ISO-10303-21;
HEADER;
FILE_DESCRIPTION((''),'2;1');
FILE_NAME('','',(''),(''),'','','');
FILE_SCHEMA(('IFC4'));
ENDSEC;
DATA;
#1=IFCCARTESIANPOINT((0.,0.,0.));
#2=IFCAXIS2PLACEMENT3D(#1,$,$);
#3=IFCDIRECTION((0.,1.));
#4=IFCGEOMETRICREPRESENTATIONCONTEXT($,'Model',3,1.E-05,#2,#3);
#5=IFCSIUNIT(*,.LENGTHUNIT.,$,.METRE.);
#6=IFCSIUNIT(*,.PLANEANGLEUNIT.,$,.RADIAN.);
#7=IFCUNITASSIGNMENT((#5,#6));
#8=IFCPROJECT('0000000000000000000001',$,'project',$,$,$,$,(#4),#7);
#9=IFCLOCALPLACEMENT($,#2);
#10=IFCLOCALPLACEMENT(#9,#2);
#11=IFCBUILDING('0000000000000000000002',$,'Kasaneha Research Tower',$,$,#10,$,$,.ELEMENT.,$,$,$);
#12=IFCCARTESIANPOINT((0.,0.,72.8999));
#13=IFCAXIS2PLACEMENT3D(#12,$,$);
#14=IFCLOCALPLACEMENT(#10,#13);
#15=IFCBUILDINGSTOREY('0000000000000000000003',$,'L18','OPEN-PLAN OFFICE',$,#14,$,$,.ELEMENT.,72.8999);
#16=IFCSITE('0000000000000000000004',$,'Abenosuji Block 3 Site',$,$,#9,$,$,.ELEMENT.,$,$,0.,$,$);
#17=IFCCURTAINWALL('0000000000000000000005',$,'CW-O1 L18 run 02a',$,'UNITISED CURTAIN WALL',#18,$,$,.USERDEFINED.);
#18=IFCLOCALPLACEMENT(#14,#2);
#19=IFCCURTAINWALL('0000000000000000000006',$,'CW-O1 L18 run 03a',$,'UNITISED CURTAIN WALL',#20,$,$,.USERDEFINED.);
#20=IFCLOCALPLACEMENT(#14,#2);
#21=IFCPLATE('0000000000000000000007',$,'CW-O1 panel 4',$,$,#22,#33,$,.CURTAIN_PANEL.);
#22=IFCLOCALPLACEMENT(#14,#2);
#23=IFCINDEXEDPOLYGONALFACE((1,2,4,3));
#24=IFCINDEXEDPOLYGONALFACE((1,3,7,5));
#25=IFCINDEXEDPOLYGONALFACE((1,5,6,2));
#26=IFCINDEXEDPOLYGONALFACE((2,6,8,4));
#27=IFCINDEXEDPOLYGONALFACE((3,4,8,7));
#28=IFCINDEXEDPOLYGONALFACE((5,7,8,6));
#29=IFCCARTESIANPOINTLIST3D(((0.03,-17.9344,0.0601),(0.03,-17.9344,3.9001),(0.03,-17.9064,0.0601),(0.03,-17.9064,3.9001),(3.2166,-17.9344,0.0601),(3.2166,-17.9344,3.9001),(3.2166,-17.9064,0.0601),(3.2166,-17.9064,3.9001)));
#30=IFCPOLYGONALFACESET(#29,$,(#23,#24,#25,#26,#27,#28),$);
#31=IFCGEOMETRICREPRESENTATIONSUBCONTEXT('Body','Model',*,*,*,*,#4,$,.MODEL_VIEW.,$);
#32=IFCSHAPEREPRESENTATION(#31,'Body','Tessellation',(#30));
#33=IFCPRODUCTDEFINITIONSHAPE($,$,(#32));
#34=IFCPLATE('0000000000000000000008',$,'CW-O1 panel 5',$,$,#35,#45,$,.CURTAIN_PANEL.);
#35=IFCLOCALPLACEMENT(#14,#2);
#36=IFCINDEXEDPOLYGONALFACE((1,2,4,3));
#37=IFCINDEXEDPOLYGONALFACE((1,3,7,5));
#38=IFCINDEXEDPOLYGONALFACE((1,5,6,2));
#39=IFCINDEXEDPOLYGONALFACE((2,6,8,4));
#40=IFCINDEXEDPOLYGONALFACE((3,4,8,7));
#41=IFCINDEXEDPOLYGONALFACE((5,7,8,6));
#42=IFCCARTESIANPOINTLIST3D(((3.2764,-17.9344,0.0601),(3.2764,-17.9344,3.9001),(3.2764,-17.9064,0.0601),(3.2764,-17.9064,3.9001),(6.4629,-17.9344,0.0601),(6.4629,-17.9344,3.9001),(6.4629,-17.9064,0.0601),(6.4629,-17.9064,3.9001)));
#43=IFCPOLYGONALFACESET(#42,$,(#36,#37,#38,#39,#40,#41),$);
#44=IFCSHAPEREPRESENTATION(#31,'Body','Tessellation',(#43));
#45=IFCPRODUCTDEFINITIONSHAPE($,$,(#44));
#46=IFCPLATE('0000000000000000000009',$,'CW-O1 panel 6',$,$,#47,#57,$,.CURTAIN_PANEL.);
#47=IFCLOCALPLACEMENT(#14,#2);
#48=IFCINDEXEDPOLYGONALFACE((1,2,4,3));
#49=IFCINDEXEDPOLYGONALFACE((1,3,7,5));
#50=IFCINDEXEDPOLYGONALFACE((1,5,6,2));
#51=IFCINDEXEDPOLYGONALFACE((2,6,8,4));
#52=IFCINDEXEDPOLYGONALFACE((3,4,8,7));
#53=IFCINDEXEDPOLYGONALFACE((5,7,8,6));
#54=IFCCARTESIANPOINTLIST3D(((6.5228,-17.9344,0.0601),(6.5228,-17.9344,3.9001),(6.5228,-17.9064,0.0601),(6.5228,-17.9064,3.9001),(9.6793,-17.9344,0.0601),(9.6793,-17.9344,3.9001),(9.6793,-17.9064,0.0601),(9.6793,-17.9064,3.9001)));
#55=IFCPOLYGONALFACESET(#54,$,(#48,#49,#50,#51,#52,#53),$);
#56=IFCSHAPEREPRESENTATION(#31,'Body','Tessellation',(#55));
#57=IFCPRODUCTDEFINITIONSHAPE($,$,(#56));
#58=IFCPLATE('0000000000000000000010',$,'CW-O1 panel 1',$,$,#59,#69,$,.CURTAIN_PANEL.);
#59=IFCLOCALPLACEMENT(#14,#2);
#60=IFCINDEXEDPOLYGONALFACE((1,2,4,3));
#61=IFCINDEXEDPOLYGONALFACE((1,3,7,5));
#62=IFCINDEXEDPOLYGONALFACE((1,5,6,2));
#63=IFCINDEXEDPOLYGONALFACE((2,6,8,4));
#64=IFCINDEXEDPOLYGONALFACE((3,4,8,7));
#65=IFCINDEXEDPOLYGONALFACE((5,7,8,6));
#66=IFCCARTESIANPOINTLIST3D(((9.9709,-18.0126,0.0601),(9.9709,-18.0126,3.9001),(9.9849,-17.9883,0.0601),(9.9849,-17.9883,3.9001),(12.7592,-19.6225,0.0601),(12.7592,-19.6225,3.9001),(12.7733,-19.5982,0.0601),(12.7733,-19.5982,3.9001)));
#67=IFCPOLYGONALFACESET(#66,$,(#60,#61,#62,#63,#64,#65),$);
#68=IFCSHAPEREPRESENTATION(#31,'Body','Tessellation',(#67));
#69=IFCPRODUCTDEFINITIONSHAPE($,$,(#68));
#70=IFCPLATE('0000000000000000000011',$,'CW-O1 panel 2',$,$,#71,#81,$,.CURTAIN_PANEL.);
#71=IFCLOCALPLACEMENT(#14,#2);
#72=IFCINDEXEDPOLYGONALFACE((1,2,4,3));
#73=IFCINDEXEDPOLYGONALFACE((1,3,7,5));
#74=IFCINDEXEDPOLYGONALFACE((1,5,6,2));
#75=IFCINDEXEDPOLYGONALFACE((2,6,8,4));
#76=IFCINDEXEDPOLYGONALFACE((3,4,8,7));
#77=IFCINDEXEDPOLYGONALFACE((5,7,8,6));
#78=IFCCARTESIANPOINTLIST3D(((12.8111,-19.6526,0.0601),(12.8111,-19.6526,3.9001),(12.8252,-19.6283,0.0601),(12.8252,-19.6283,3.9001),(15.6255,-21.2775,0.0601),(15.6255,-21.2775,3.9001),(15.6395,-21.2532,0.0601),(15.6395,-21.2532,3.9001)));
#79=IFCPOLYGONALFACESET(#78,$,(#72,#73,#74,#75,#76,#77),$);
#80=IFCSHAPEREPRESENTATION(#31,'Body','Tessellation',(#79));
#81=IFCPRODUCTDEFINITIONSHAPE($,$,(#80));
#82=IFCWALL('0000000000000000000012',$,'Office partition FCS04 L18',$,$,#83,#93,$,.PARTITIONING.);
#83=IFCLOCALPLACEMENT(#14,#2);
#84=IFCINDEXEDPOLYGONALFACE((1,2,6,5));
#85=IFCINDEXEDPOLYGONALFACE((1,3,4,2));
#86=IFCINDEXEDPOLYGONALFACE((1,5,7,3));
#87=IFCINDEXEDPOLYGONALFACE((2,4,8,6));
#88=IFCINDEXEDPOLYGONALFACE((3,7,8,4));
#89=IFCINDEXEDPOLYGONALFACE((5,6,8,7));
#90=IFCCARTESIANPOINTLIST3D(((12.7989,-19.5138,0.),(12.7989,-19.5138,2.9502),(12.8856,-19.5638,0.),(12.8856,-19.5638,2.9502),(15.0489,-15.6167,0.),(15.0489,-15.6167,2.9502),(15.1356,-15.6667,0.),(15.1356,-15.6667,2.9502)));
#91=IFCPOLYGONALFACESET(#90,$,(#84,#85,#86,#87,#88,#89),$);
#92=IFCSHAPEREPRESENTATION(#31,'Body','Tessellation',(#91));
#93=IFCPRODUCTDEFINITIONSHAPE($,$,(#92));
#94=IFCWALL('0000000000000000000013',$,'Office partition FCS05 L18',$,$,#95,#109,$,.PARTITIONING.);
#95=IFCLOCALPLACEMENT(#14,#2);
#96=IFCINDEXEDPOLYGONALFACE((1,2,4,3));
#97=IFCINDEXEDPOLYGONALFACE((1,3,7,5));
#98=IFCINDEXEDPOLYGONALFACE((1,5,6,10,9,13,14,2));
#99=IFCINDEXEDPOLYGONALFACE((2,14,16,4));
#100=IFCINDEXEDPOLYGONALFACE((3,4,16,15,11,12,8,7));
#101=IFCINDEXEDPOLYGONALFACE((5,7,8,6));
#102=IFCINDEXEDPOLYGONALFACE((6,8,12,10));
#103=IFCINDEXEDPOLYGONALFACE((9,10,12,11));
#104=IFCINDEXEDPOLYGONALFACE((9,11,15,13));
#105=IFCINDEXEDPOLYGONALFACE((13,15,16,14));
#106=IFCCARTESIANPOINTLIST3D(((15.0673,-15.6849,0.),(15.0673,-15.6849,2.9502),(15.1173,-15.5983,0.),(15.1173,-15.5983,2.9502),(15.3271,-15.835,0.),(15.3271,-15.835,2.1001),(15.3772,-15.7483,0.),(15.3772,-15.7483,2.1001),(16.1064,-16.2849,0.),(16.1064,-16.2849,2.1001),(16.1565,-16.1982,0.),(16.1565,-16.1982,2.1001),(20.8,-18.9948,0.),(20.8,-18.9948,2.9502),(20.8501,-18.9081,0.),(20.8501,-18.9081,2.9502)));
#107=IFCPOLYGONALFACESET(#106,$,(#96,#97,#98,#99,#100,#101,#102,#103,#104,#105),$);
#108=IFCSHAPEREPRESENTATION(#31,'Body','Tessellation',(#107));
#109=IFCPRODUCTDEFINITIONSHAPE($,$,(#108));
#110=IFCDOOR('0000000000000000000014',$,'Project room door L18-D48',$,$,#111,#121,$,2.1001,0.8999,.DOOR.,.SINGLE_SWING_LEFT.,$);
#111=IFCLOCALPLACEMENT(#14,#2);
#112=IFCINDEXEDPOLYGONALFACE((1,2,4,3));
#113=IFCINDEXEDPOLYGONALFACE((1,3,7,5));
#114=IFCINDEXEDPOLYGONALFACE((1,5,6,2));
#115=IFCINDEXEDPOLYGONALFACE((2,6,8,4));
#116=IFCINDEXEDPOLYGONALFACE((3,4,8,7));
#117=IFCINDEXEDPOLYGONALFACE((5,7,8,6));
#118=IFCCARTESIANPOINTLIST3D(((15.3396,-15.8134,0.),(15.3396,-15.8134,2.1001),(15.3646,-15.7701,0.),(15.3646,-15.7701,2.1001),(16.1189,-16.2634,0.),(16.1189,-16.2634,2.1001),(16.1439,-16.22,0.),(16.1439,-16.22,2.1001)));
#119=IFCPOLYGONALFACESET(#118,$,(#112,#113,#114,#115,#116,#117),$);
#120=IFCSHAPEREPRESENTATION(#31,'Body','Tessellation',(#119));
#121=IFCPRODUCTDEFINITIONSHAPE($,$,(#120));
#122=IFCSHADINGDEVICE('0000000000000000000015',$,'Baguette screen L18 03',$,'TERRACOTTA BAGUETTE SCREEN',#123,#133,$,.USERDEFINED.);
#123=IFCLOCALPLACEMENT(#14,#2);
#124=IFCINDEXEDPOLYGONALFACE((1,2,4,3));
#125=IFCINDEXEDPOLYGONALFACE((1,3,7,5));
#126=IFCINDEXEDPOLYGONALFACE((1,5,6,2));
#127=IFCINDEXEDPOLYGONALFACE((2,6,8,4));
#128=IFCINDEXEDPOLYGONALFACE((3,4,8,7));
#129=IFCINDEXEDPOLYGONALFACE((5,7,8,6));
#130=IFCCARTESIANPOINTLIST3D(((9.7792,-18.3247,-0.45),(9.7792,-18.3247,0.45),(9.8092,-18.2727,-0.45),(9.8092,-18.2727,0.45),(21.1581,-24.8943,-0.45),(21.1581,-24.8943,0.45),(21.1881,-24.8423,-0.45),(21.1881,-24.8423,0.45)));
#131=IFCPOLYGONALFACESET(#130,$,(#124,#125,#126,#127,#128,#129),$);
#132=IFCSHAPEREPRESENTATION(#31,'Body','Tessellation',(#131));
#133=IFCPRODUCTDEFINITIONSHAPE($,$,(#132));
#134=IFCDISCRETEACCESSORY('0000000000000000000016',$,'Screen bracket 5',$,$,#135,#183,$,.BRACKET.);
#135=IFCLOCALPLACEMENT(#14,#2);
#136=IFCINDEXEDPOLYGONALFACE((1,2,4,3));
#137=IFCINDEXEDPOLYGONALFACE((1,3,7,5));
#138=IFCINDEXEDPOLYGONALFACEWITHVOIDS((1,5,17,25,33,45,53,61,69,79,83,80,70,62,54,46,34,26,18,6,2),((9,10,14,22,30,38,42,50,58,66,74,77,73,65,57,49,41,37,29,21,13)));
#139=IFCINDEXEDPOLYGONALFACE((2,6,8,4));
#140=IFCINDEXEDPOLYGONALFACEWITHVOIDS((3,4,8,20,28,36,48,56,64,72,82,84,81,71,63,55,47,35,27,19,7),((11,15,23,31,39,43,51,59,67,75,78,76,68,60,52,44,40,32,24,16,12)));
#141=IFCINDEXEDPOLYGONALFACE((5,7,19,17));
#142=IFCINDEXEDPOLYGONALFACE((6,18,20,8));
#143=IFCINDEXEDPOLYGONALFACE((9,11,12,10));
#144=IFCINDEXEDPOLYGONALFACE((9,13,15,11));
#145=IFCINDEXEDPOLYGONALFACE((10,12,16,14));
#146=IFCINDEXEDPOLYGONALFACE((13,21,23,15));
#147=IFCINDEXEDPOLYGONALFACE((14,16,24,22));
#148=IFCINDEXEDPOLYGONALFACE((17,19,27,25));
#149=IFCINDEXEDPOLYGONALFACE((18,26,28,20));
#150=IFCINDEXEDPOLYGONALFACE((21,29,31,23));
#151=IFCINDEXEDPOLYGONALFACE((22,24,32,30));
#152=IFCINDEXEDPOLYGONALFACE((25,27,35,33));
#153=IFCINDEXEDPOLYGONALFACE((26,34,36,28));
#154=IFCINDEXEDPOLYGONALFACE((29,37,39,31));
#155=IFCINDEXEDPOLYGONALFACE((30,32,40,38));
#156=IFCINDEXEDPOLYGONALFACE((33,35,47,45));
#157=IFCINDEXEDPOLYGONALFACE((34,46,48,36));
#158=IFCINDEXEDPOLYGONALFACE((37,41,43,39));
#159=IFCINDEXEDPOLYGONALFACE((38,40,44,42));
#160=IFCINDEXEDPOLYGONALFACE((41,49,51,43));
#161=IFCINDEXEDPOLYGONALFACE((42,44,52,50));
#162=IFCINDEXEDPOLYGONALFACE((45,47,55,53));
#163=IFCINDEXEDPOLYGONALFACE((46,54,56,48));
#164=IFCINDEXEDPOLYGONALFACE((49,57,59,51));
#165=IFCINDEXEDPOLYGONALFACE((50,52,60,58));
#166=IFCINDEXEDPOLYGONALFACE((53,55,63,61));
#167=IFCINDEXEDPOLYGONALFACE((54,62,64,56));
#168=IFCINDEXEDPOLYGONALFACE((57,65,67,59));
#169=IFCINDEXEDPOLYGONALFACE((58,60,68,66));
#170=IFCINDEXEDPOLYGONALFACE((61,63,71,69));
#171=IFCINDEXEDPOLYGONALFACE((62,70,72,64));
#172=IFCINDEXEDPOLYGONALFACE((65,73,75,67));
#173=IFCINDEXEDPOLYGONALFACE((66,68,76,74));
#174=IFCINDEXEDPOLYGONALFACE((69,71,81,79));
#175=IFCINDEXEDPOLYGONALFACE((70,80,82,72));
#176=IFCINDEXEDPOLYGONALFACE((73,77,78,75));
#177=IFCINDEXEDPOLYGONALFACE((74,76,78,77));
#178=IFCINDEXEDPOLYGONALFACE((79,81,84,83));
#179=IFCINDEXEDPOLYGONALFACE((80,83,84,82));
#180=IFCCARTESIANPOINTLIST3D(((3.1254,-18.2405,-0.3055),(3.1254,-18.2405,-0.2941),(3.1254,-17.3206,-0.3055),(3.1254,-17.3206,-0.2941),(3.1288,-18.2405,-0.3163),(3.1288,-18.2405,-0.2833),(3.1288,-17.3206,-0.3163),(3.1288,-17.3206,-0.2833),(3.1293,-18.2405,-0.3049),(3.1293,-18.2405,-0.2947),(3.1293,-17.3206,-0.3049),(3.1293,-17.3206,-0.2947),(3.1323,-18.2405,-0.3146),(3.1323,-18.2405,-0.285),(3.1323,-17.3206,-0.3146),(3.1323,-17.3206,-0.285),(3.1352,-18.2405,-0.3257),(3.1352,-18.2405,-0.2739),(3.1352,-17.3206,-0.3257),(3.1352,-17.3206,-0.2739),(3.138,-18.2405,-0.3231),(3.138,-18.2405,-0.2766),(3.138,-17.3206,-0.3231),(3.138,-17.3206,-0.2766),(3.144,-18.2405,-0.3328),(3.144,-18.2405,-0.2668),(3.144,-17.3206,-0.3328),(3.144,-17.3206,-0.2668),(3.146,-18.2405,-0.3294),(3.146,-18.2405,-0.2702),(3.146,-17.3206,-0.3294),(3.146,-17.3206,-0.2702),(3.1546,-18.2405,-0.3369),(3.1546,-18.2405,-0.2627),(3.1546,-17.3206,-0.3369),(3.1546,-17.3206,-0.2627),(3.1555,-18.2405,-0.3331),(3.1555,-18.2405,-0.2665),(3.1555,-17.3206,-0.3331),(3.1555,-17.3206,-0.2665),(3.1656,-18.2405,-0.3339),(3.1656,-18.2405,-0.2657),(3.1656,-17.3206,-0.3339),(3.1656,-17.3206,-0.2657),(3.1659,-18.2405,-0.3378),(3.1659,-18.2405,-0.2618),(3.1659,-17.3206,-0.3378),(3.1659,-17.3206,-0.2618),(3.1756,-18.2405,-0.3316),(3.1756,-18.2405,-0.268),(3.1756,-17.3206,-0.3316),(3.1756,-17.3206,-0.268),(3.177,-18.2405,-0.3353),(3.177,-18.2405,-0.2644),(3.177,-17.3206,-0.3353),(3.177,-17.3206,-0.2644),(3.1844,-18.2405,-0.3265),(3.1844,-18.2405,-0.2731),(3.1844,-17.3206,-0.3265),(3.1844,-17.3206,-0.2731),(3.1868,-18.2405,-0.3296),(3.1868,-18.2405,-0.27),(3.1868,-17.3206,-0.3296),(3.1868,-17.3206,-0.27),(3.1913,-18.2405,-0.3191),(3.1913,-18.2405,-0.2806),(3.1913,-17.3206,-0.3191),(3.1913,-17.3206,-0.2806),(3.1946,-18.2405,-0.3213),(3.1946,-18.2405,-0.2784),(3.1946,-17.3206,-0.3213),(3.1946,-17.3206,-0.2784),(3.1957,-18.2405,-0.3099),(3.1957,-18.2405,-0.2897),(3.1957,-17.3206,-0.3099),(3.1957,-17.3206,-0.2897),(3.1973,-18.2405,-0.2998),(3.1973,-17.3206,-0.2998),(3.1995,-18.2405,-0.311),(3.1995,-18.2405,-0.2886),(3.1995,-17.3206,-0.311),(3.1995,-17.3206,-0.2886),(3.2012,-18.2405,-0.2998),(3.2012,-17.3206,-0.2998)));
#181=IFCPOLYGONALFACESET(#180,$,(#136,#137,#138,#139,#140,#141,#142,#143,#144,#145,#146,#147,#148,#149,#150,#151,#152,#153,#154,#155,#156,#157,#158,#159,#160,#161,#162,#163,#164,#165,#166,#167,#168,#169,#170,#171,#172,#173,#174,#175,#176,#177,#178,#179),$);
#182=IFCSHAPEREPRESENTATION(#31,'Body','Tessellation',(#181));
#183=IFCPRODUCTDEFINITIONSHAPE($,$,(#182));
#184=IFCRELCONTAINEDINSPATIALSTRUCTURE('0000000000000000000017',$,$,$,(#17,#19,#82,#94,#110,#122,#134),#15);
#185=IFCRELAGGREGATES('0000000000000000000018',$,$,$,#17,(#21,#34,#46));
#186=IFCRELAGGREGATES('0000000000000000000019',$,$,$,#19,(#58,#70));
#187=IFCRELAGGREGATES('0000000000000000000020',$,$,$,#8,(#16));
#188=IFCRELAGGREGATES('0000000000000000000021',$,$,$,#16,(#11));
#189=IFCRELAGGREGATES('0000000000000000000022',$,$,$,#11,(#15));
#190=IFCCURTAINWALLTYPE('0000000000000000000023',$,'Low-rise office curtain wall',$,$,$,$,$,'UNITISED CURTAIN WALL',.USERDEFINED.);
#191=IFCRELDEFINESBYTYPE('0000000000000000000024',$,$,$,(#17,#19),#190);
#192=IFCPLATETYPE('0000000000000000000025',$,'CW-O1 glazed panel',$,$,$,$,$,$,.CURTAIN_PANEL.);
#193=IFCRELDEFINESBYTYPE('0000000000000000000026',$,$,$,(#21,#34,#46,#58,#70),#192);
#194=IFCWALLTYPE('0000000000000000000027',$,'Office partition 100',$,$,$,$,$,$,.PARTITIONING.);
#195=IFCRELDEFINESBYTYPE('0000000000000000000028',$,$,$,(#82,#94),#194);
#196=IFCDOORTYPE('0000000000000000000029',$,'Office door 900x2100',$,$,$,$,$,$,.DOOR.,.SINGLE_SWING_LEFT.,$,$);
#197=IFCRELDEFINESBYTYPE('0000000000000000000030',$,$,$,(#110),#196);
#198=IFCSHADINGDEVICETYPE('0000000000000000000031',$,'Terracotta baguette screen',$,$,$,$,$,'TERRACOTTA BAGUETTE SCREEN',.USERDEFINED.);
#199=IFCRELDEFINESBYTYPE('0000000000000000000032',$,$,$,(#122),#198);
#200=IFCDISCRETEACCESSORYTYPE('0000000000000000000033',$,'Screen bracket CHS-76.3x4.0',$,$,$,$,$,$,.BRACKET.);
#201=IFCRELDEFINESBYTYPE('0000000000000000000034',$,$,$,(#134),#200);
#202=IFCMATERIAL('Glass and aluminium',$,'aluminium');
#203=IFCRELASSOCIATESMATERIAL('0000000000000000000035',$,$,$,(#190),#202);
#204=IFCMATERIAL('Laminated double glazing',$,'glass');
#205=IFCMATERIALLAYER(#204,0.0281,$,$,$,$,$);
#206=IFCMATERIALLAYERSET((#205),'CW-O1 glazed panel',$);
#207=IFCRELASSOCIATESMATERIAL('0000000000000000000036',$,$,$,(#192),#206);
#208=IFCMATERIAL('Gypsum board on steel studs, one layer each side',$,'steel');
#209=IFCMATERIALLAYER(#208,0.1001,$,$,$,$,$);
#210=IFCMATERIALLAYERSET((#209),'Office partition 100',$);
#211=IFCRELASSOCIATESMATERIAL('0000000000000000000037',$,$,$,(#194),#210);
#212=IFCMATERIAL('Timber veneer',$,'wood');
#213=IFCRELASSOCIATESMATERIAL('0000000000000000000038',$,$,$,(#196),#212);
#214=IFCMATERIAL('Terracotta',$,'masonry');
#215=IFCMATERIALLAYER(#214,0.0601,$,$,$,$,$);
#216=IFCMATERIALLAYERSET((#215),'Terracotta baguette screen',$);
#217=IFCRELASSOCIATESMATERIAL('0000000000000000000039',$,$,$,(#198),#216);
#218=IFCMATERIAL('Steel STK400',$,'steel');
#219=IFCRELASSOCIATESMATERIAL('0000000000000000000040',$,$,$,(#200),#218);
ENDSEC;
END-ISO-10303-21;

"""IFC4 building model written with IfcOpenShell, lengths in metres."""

from ifc_helpers import new_model, si_unit, direction, frame, frame_2d, origin, origin_2d, place, context, subcontext, project, spatial, rectangle, hollow_circle, extrude, material, layer, layer_set, material_profile, profile_set, type_object, element, fill, aggregate, save


model = new_model("IFC4")

# Units and contexts
model_context = context("Model", 3, precision=1e-05, world=origin(), true_north=direction((0.0, 1.0)))
body_context = subcontext(model_context, "Body", "Model", "MODEL_VIEW")
ifc_project = project(units=[si_unit("LENGTHUNIT", "METRE"), si_unit("PLANEANGLEUNIT", "RADIAN")], contexts=[model_context])

# Site, building, storey
site_placement = place(None, origin())
site = spatial("IfcSite", under=ifc_project, at=site_placement, Name="Abenosuji Block 3 Site", CompositionType="ELEMENT", RefElevation=0.0)
building_placement = place(site_placement, origin())
building = spatial("IfcBuilding", under=site, at=building_placement, Name="Kasaneha Research Tower", CompositionType="ELEMENT")
storey_placement = place(building_placement, frame((0.0, 0.0, 72.8999)))
storey = spatial("IfcBuildingStorey", under=building, at=storey_placement, Name="L18", Description="OPEN-PLAN OFFICE", CompositionType="ELEMENT", Elevation=72.8999)

# Curtain walls
ifc_material_1 = material(Name="Glass and aluminium", Category="aluminium")
curtain_wall_type = type_object("IfcCurtainWallType", Name="Low-rise office curtain wall", ElementType="UNITISED CURTAIN WALL", PredefinedType="USERDEFINED", material=ifc_material_1)
curtain_wall_1_placement = place(storey_placement, origin())
curtain_wall_1 = element("IfcCurtainWall", 1, at=curtain_wall_1_placement, inside=storey, type_object=curtain_wall_type, Name="CW-O1 L18 run 02a", ObjectType="UNITISED CURTAIN WALL", PredefinedType="USERDEFINED")
curtain_wall_2_placement = place(storey_placement, origin())
curtain_wall_2 = element("IfcCurtainWall", 2, at=curtain_wall_2_placement, inside=storey, type_object=curtain_wall_type, Name="CW-O1 L18 run 03a", ObjectType="UNITISED CURTAIN WALL", PredefinedType="USERDEFINED")

# Plates
ifc_material_2 = material(Name="Laminated double glazing", Category="glass")
ifc_layer_1 = layer(ifc_material_2, 0.0281)
ifc_layer_set_1 = layer_set([ifc_layer_1], Name="CW-O1 glazed panel")
plate_type = type_object("IfcPlateType", Name="CW-O1 glazed panel", PredefinedType="CURTAIN_PANEL", material=ifc_layer_set_1)
plate_1_placement = place(storey_placement, frame((1.6233, -17.9204, 0.0601), z_axis=(0.0, 0.0, 1.0), x_axis=(1.0, 0.0, 0.0)))
plate_1 = element("IfcPlate", 3, at=plate_1_placement, type_object=plate_type, Name="CW-O1 panel 4", PredefinedType="CURTAIN_PANEL", context=body_context, shape_type="SweptSolid", body=[
    extrude(rectangle(XDim=3.1865, YDim=0.0281, at=origin_2d()), origin(), (0.0, 0.0, 1.0), 3.8401),
])
plate_2_placement = place(storey_placement, frame((4.8696, -17.9204, 0.0601), z_axis=(0.0, 0.0, 1.0), x_axis=(1.0, 0.0, 0.0)))
plate_2 = element("IfcPlate", 4, at=plate_2_placement, type_object=plate_type, Name="CW-O1 panel 5", PredefinedType="CURTAIN_PANEL", context=body_context, shape_type="SweptSolid", body=[
    extrude(rectangle(XDim=3.1865, YDim=0.0281, at=origin_2d()), origin(), (0.0, 0.0, 1.0), 3.8401),
])
plate_3_placement = place(storey_placement, frame((8.1011, -17.9204, 0.0601), z_axis=(0.0, 0.0, 1.0), x_axis=(1.0, 0.0, 0.0)))
plate_3 = element("IfcPlate", 5, at=plate_3_placement, type_object=plate_type, Name="CW-O1 panel 6", PredefinedType="CURTAIN_PANEL", context=body_context, shape_type="SweptSolid", body=[
    extrude(rectangle(XDim=3.1565, YDim=0.0281, at=origin_2d()), origin(), (0.0, 0.0, 1.0), 3.8401),
])
aggregate(curtain_wall_1, [plate_1, plate_2, plate_3])
plate_4_placement = place(storey_placement, frame((11.3721, -18.8054, 0.0601), z_axis=(0.0, 0.0, 1.0), x_axis=(0.866025, -0.5, 0.0)))
plate_4 = element("IfcPlate", 6, at=plate_4_placement, type_object=plate_type, Name="CW-O1 panel 1", PredefinedType="CURTAIN_PANEL", context=body_context, shape_type="SweptSolid", body=[
    extrude(rectangle(XDim=3.2197, YDim=0.0281, at=origin_2d()), origin(), (0.0, 0.0, 1.0), 3.8401),
])
plate_5_placement = place(storey_placement, frame((14.2253, -20.4529, 0.0601), z_axis=(0.0, 0.0, 1.0), x_axis=(0.866025, -0.5, 0.0)))
plate_5 = element("IfcPlate", 7, at=plate_5_placement, type_object=plate_type, Name="CW-O1 panel 2", PredefinedType="CURTAIN_PANEL", context=body_context, shape_type="SweptSolid", body=[
    extrude(rectangle(XDim=3.2498, YDim=0.0281, at=origin_2d()), origin(), (0.0, 0.0, 1.0), 3.8401),
])
aggregate(curtain_wall_2, [plate_4, plate_5])

# Wall
ifc_material_3 = material(Name="Gypsum board on steel studs, one layer each side", Category="steel")
ifc_layer_2 = layer(ifc_material_3, 0.1001)
ifc_layer_set_2 = layer_set([ifc_layer_2], Name="Office partition 100")
wall_type = type_object("IfcWallType", Name="Office partition 100", PredefinedType="PARTITIONING", material=ifc_layer_set_2)
wall_1_placement = place(storey_placement, frame((12.8423, -19.5388, 0.0), z_axis=(0.0, 0.0, 1.0), x_axis=(0.49999, 0.866031, 0.0)))
element("IfcWall", 8, at=wall_1_placement, inside=storey, type_object=wall_type, Name="Office partition FCS04 L18", PredefinedType="PARTITIONING", context=body_context, shape_type="SweptSolid", body=[
    extrude(rectangle(XDim=4.5, YDim=0.1001, at=frame_2d((2.25, 0.0))), origin(), (0.0, 0.0, 1.0), 2.9502),
])

# Wall, opening, door
wall_2_placement = place(storey_placement, frame((15.0923, -15.6416, 0.0), z_axis=(0.0, 0.0, 1.0), x_axis=(0.866022, -0.500007, 0.0)))
wall_2 = element("IfcWall", 9, at=wall_2_placement, inside=storey, type_object=wall_type, Name="Office partition FCS05 L18", PredefinedType="PARTITIONING", context=body_context, shape_type="SweptSolid", body=[
    extrude(rectangle(XDim=6.6196, YDim=0.1001, at=frame_2d((3.3098, 0.0))), origin(), (0.0, 0.0, 1.0), 2.9502),
])
opening_placement = place(wall_2_placement, frame((0.3, 0.0, 0.0)))
opening = element("IfcOpeningElement", 10, at=opening_placement, cuts=wall_2, PredefinedType="OPENING", context=body_context, shape_type="SweptSolid", body=[
    extrude(rectangle(XDim=0.8999, YDim=2.1001, at=frame_2d((0.45, 1.05))), frame((0.0, 0.0601, 0.0), z_axis=(0.0, -1.0, 0.0), x_axis=(1.0, 0.0, 0.0)), (0.0, 0.0, 1.0), 0.1201),
])
ifc_material_4 = material(Name="Timber veneer", Category="wood")
door_type = type_object("IfcDoorType", Name="Office door 900x2100", OperationType="SINGLE_SWING_LEFT", PredefinedType="DOOR", material=ifc_material_4)
door_placement = place(opening_placement, origin())
door = element("IfcDoor", 11, at=door_placement, inside=storey, type_object=door_type, Name="Project room door L18-D48", OperationType="SINGLE_SWING_LEFT", OverallHeight=2.1001, OverallWidth=0.8999, PredefinedType="DOOR", context=body_context, shape_type="SweptSolid", body=[
    extrude(rectangle(XDim=0.8999, YDim=2.1001, at=frame_2d((0.45, 1.05))), frame((0.0, 0.0249, 0.0), z_axis=(0.0, -1.0, 0.0), x_axis=(1.0, 0.0, 0.0)), (0.0, 0.0, 1.0), 0.05),
])
fill(opening, door)

# Shading device
ifc_material_5 = material(Name="Terracotta", Category="masonry")
ifc_layer_3 = layer(ifc_material_5, 0.0601)
ifc_layer_set_3 = layer_set([ifc_layer_3], Name="Terracotta baguette screen")
shading_device_type = type_object("IfcShadingDeviceType", Name="Terracotta baguette screen", ElementType="TERRACOTTA BAGUETTE SCREEN", PredefinedType="USERDEFINED", material=ifc_layer_set_3)
shading_device_placement = place(storey_placement, frame((15.4836, -21.5835, -0.45), z_axis=(0.0, 0.0, 1.0), x_axis=(0.866025, -0.5, 0.0)))
element("IfcShadingDevice", 12, at=shading_device_placement, inside=storey, type_object=shading_device_type, Name="Baguette screen L18 03", ObjectType="TERRACOTTA BAGUETTE SCREEN", PredefinedType="USERDEFINED", context=body_context, shape_type="SweptSolid", body=[
    extrude(rectangle(XDim=13.1392, YDim=0.0601, at=origin_2d()), origin(), (0.0, 0.0, 1.0), 0.8999),
])

# Discrete accessory
ifc_material_6 = material(Name="Steel STK400", Category="steel")
ifc_material_profile_1 = material_profile(ifc_material_6, hollow_circle(Radius=0.0381, WallThickness=0.0039, at=origin_2d()), Name="CHS-76.3x4.0")
ifc_profile_set_1 = profile_set([ifc_material_profile_1], Name="Steel STK400")
discrete_accessory_type = type_object("IfcDiscreteAccessoryType", Name="Screen bracket CHS-76.3x4.0", PredefinedType="BRACKET", material=ifc_profile_set_1)
for number, where, z_axis, x_axis, name in (
    (13, (3.1631, -17.3206, -0.2998), (0.0, -1.0, 0.0), (1.0, 0.0, 0.0), "Screen bracket 5"),
):
    element("IfcDiscreteAccessory", number, at=place(storey_placement, frame(where, z_axis=z_axis, x_axis=x_axis)), inside=storey, type_object=discrete_accessory_type, Name=name, PredefinedType="BRACKET", context=body_context, shape_type="SweptSolid", body=[
        extrude(hollow_circle(Radius=0.0381, WallThickness=0.0039, at=origin_2d()), origin(), (0.0, 0.0, 1.0), 0.9199),
    ])

save(model, "model.ifc")
